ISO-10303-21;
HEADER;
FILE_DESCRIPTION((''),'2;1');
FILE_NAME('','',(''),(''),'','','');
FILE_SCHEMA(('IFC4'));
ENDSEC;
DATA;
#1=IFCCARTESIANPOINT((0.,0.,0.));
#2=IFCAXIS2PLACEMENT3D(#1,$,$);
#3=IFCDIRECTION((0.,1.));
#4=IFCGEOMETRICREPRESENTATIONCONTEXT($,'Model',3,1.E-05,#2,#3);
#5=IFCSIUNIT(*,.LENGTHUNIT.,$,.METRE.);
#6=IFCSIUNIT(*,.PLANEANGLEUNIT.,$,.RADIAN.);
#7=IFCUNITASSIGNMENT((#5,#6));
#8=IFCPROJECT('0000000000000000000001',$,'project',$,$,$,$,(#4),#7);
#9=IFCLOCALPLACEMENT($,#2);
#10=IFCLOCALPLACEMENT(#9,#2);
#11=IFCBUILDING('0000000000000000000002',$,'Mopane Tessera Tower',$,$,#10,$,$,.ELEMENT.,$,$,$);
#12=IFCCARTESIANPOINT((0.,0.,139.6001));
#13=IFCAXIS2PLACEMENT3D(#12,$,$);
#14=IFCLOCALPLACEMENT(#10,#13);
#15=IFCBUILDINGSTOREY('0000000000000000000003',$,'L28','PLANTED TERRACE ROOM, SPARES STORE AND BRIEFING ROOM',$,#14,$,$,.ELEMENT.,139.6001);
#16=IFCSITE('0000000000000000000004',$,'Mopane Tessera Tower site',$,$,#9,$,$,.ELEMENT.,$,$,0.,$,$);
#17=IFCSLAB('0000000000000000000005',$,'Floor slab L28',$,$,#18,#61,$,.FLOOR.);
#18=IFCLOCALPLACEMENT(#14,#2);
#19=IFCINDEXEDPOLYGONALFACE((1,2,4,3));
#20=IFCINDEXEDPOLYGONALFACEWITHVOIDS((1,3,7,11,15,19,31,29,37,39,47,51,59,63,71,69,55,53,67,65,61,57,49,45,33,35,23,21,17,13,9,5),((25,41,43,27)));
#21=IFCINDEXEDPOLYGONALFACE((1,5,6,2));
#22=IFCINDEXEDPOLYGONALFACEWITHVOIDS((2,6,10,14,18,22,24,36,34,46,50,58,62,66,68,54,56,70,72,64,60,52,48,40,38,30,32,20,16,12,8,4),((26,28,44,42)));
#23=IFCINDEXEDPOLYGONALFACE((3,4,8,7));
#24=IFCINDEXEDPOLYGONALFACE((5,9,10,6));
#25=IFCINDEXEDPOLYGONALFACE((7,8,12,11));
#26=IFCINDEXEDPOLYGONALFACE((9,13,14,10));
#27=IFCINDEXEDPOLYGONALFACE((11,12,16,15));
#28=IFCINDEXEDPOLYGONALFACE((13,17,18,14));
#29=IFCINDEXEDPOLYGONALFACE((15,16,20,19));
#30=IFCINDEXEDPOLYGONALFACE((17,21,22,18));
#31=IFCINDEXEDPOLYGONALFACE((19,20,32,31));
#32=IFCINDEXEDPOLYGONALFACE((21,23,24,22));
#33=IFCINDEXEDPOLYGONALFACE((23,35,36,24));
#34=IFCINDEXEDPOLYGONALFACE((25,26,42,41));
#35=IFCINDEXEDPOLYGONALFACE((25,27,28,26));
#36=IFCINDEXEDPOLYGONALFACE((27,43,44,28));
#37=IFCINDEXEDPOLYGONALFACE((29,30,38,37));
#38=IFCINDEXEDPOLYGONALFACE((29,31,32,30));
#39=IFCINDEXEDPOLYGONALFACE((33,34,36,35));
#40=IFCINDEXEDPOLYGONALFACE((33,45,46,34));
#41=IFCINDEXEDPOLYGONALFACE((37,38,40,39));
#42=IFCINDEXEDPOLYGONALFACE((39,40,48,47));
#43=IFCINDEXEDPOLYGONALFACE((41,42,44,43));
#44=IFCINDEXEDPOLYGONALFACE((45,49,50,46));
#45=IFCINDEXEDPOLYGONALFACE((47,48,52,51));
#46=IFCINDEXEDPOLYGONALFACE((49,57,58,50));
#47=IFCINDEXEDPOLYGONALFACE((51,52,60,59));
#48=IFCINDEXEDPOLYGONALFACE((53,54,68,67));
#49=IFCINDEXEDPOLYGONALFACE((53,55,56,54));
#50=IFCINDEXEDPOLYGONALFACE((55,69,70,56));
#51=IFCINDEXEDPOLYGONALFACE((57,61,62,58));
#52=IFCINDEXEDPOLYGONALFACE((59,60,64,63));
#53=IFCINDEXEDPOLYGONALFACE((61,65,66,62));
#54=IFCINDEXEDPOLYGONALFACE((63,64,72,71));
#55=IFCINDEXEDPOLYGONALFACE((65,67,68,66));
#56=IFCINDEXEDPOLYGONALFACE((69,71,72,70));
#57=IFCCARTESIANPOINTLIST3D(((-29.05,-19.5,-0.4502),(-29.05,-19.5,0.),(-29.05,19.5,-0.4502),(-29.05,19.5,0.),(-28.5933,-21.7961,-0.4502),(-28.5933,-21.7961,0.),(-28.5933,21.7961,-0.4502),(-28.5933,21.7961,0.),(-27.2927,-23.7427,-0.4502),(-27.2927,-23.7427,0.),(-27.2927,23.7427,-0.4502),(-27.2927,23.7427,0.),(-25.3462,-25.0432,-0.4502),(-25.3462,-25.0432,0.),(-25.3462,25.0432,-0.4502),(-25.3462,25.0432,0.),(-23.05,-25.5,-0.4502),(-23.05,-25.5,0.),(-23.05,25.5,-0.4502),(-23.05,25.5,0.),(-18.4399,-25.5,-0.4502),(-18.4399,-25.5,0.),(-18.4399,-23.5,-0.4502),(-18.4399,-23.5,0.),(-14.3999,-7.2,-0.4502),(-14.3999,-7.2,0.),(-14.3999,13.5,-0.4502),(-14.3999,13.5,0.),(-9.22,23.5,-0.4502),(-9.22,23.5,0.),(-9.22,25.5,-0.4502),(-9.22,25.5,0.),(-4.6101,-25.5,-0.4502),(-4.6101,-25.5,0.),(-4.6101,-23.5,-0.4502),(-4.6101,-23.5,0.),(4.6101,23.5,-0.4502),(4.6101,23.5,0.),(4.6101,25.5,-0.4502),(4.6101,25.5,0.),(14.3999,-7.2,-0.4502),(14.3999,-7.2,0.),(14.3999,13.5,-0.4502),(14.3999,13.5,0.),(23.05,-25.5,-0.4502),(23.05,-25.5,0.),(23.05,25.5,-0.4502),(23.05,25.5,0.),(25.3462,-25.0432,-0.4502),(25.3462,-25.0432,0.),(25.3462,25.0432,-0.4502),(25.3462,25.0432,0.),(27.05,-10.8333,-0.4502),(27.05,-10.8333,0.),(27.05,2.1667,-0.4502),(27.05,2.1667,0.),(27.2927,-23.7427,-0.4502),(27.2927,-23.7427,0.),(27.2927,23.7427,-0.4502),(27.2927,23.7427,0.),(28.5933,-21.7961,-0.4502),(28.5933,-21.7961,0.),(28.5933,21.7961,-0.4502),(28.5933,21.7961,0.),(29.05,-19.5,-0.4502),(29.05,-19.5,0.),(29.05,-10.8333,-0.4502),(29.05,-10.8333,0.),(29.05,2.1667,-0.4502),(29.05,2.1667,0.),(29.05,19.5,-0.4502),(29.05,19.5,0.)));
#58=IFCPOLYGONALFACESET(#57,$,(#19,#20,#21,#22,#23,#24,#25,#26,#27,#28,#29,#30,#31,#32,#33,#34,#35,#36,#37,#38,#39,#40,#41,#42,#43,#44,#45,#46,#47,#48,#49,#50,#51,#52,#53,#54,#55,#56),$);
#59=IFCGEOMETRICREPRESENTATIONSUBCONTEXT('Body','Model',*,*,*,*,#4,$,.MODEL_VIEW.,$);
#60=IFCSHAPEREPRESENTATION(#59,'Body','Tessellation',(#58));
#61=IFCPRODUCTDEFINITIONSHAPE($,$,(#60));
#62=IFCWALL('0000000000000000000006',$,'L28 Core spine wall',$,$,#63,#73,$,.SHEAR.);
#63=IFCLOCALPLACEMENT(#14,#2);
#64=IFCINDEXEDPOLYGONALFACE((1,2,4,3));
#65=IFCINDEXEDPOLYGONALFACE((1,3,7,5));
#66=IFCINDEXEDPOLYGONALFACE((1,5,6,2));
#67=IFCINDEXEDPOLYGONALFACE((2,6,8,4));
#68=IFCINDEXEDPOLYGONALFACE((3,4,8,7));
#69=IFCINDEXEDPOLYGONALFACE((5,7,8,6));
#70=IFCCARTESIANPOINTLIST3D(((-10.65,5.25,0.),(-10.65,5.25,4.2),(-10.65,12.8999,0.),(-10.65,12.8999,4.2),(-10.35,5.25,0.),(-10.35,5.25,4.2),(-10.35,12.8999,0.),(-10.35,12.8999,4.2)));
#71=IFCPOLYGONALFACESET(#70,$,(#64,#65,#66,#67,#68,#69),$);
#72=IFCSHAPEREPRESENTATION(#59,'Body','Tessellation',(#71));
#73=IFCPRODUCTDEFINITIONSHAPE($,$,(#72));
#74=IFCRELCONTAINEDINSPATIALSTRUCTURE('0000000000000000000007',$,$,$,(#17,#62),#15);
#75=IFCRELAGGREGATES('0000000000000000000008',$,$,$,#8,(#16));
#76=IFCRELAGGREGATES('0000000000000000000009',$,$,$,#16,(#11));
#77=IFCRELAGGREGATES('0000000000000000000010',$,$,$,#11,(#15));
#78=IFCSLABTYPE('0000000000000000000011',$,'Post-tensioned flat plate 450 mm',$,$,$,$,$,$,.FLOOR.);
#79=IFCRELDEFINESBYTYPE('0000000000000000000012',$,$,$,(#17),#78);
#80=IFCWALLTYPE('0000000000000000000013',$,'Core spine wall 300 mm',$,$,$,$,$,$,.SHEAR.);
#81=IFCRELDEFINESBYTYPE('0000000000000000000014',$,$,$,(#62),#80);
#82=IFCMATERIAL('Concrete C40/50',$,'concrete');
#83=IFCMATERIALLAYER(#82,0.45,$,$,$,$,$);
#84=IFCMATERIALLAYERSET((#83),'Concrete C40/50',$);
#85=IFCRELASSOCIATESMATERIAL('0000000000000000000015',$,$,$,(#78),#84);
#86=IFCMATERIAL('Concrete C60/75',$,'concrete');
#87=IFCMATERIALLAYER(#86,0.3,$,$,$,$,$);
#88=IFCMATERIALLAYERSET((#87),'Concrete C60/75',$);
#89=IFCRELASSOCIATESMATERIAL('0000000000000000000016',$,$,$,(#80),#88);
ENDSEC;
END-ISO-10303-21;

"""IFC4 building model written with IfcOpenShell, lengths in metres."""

from ifc_helpers import new_model, si_unit, direction, frame, frame_2d, origin, place, context, subcontext, project, spatial, polyline, rectangle, outline, extrude, material, layer, layer_set, type_object, element, save


model = new_model("IFC4")

# Units and contexts
model_context = context("Model", 3, precision=1e-05, world=origin(), true_north=direction((0.0, 1.0)))
body_context = subcontext(model_context, "Body", "Model", "MODEL_VIEW")
ifc_project = project(units=[si_unit("LENGTHUNIT", "METRE"), si_unit("PLANEANGLEUNIT", "RADIAN")], contexts=[model_context])

# Site, building, storey
site_placement = place(None, origin())
site = spatial("IfcSite", under=ifc_project, at=site_placement, Name="Mopane Tessera Tower site", CompositionType="ELEMENT", RefElevation=0.0)
building_placement = place(site_placement, origin())
building = spatial("IfcBuilding", under=site, at=building_placement, Name="Mopane Tessera Tower", CompositionType="ELEMENT")
storey_placement = place(building_placement, frame((0.0, 0.0, 139.6001)))
storey = spatial("IfcBuildingStorey", under=building, at=storey_placement, Name="L28", Description="PLANTED TERRACE ROOM, SPARES STORE AND BRIEFING ROOM", CompositionType="ELEMENT", Elevation=139.6001)

# Slab
ifc_material_1 = material(Name="Concrete C40/50", Category="concrete")
ifc_layer_1 = layer(ifc_material_1, 0.45)
ifc_layer_set_1 = layer_set([ifc_layer_1], Name="Concrete C40/50")
slab_type_1 = type_object("IfcSlabType", Name="Post-tensioned flat plate 450 mm", PredefinedType="FLOOR", material=ifc_layer_set_1)
slab_1_placement = place(storey_placement, frame((0.0, 0.0, -0.4502)))
element("IfcSlab", 1, at=slab_1_placement, inside=storey, type_object=slab_type_1, Name="Floor slab L28", PredefinedType="FLOOR", context=body_context, shape_type="SweptSolid", body=[
    extrude(outline(polyline([(-23.05, -25.5), (-18.4399, -25.5), (-18.4399, -23.5), (-4.6101, -23.5), (-4.6101, -25.5), (23.05, -25.5), (25.3462, -25.0432), (27.2927, -23.7427), (28.5933, -21.7961), (29.05, -19.5), (29.05, -10.8333), (27.05, -10.8333), (27.05, 2.1667), (29.05, 2.1667), (29.05, 19.5), (28.5933, 21.7961), (27.2927, 23.7427), (25.3462, 25.0432), (23.05, 25.5), (4.6101, 25.5), (4.6101, 23.5), (-9.22, 23.5), (-9.22, 25.5), (-23.05, 25.5), (-25.3462, 25.0432), (-27.2927, 23.7427), (-28.5933, 21.7961), (-29.05, 19.5), (-29.05, -19.5), (-28.5933, -21.7961), (-27.2927, -23.7427), (-25.3462, -25.0432), (-23.05, -25.5)]), holes=[polyline([(14.3999, -7.2), (-14.3999, -7.2), (-14.3999, 13.5), (14.3999, 13.5), (14.3999, -7.2)])]), origin(), (0.0, 0.0, 1.0), 0.4502),
])

# Wall
ifc_material_2 = material(Name="Concrete C60/75", Category="concrete")
ifc_layer_2 = layer(ifc_material_2, 0.3)
ifc_layer_set_2 = layer_set([ifc_layer_2], Name="Concrete C60/75")
wall_type_1 = type_object("IfcWallType", Name="Core spine wall 300 mm", PredefinedType="SHEAR", material=ifc_layer_set_2)
wall_1_placement = place(storey_placement, frame((-10.5, 5.25, 0.0), z_axis=(0.0, 0.0, 1.0), x_axis=(0.0, 1.0, 0.0)))
element("IfcWall", 2, at=wall_1_placement, inside=storey, type_object=wall_type_1, Name="L28 Core spine wall", PredefinedType="SHEAR", context=body_context, shape_type="SweptSolid", body=[
    extrude(rectangle(XDim=7.6499, YDim=0.3, at=frame_2d((3.825, 0.0))), origin(), (0.0, 0.0, 1.0), 4.2),
])

save(model, "model.ifc")
